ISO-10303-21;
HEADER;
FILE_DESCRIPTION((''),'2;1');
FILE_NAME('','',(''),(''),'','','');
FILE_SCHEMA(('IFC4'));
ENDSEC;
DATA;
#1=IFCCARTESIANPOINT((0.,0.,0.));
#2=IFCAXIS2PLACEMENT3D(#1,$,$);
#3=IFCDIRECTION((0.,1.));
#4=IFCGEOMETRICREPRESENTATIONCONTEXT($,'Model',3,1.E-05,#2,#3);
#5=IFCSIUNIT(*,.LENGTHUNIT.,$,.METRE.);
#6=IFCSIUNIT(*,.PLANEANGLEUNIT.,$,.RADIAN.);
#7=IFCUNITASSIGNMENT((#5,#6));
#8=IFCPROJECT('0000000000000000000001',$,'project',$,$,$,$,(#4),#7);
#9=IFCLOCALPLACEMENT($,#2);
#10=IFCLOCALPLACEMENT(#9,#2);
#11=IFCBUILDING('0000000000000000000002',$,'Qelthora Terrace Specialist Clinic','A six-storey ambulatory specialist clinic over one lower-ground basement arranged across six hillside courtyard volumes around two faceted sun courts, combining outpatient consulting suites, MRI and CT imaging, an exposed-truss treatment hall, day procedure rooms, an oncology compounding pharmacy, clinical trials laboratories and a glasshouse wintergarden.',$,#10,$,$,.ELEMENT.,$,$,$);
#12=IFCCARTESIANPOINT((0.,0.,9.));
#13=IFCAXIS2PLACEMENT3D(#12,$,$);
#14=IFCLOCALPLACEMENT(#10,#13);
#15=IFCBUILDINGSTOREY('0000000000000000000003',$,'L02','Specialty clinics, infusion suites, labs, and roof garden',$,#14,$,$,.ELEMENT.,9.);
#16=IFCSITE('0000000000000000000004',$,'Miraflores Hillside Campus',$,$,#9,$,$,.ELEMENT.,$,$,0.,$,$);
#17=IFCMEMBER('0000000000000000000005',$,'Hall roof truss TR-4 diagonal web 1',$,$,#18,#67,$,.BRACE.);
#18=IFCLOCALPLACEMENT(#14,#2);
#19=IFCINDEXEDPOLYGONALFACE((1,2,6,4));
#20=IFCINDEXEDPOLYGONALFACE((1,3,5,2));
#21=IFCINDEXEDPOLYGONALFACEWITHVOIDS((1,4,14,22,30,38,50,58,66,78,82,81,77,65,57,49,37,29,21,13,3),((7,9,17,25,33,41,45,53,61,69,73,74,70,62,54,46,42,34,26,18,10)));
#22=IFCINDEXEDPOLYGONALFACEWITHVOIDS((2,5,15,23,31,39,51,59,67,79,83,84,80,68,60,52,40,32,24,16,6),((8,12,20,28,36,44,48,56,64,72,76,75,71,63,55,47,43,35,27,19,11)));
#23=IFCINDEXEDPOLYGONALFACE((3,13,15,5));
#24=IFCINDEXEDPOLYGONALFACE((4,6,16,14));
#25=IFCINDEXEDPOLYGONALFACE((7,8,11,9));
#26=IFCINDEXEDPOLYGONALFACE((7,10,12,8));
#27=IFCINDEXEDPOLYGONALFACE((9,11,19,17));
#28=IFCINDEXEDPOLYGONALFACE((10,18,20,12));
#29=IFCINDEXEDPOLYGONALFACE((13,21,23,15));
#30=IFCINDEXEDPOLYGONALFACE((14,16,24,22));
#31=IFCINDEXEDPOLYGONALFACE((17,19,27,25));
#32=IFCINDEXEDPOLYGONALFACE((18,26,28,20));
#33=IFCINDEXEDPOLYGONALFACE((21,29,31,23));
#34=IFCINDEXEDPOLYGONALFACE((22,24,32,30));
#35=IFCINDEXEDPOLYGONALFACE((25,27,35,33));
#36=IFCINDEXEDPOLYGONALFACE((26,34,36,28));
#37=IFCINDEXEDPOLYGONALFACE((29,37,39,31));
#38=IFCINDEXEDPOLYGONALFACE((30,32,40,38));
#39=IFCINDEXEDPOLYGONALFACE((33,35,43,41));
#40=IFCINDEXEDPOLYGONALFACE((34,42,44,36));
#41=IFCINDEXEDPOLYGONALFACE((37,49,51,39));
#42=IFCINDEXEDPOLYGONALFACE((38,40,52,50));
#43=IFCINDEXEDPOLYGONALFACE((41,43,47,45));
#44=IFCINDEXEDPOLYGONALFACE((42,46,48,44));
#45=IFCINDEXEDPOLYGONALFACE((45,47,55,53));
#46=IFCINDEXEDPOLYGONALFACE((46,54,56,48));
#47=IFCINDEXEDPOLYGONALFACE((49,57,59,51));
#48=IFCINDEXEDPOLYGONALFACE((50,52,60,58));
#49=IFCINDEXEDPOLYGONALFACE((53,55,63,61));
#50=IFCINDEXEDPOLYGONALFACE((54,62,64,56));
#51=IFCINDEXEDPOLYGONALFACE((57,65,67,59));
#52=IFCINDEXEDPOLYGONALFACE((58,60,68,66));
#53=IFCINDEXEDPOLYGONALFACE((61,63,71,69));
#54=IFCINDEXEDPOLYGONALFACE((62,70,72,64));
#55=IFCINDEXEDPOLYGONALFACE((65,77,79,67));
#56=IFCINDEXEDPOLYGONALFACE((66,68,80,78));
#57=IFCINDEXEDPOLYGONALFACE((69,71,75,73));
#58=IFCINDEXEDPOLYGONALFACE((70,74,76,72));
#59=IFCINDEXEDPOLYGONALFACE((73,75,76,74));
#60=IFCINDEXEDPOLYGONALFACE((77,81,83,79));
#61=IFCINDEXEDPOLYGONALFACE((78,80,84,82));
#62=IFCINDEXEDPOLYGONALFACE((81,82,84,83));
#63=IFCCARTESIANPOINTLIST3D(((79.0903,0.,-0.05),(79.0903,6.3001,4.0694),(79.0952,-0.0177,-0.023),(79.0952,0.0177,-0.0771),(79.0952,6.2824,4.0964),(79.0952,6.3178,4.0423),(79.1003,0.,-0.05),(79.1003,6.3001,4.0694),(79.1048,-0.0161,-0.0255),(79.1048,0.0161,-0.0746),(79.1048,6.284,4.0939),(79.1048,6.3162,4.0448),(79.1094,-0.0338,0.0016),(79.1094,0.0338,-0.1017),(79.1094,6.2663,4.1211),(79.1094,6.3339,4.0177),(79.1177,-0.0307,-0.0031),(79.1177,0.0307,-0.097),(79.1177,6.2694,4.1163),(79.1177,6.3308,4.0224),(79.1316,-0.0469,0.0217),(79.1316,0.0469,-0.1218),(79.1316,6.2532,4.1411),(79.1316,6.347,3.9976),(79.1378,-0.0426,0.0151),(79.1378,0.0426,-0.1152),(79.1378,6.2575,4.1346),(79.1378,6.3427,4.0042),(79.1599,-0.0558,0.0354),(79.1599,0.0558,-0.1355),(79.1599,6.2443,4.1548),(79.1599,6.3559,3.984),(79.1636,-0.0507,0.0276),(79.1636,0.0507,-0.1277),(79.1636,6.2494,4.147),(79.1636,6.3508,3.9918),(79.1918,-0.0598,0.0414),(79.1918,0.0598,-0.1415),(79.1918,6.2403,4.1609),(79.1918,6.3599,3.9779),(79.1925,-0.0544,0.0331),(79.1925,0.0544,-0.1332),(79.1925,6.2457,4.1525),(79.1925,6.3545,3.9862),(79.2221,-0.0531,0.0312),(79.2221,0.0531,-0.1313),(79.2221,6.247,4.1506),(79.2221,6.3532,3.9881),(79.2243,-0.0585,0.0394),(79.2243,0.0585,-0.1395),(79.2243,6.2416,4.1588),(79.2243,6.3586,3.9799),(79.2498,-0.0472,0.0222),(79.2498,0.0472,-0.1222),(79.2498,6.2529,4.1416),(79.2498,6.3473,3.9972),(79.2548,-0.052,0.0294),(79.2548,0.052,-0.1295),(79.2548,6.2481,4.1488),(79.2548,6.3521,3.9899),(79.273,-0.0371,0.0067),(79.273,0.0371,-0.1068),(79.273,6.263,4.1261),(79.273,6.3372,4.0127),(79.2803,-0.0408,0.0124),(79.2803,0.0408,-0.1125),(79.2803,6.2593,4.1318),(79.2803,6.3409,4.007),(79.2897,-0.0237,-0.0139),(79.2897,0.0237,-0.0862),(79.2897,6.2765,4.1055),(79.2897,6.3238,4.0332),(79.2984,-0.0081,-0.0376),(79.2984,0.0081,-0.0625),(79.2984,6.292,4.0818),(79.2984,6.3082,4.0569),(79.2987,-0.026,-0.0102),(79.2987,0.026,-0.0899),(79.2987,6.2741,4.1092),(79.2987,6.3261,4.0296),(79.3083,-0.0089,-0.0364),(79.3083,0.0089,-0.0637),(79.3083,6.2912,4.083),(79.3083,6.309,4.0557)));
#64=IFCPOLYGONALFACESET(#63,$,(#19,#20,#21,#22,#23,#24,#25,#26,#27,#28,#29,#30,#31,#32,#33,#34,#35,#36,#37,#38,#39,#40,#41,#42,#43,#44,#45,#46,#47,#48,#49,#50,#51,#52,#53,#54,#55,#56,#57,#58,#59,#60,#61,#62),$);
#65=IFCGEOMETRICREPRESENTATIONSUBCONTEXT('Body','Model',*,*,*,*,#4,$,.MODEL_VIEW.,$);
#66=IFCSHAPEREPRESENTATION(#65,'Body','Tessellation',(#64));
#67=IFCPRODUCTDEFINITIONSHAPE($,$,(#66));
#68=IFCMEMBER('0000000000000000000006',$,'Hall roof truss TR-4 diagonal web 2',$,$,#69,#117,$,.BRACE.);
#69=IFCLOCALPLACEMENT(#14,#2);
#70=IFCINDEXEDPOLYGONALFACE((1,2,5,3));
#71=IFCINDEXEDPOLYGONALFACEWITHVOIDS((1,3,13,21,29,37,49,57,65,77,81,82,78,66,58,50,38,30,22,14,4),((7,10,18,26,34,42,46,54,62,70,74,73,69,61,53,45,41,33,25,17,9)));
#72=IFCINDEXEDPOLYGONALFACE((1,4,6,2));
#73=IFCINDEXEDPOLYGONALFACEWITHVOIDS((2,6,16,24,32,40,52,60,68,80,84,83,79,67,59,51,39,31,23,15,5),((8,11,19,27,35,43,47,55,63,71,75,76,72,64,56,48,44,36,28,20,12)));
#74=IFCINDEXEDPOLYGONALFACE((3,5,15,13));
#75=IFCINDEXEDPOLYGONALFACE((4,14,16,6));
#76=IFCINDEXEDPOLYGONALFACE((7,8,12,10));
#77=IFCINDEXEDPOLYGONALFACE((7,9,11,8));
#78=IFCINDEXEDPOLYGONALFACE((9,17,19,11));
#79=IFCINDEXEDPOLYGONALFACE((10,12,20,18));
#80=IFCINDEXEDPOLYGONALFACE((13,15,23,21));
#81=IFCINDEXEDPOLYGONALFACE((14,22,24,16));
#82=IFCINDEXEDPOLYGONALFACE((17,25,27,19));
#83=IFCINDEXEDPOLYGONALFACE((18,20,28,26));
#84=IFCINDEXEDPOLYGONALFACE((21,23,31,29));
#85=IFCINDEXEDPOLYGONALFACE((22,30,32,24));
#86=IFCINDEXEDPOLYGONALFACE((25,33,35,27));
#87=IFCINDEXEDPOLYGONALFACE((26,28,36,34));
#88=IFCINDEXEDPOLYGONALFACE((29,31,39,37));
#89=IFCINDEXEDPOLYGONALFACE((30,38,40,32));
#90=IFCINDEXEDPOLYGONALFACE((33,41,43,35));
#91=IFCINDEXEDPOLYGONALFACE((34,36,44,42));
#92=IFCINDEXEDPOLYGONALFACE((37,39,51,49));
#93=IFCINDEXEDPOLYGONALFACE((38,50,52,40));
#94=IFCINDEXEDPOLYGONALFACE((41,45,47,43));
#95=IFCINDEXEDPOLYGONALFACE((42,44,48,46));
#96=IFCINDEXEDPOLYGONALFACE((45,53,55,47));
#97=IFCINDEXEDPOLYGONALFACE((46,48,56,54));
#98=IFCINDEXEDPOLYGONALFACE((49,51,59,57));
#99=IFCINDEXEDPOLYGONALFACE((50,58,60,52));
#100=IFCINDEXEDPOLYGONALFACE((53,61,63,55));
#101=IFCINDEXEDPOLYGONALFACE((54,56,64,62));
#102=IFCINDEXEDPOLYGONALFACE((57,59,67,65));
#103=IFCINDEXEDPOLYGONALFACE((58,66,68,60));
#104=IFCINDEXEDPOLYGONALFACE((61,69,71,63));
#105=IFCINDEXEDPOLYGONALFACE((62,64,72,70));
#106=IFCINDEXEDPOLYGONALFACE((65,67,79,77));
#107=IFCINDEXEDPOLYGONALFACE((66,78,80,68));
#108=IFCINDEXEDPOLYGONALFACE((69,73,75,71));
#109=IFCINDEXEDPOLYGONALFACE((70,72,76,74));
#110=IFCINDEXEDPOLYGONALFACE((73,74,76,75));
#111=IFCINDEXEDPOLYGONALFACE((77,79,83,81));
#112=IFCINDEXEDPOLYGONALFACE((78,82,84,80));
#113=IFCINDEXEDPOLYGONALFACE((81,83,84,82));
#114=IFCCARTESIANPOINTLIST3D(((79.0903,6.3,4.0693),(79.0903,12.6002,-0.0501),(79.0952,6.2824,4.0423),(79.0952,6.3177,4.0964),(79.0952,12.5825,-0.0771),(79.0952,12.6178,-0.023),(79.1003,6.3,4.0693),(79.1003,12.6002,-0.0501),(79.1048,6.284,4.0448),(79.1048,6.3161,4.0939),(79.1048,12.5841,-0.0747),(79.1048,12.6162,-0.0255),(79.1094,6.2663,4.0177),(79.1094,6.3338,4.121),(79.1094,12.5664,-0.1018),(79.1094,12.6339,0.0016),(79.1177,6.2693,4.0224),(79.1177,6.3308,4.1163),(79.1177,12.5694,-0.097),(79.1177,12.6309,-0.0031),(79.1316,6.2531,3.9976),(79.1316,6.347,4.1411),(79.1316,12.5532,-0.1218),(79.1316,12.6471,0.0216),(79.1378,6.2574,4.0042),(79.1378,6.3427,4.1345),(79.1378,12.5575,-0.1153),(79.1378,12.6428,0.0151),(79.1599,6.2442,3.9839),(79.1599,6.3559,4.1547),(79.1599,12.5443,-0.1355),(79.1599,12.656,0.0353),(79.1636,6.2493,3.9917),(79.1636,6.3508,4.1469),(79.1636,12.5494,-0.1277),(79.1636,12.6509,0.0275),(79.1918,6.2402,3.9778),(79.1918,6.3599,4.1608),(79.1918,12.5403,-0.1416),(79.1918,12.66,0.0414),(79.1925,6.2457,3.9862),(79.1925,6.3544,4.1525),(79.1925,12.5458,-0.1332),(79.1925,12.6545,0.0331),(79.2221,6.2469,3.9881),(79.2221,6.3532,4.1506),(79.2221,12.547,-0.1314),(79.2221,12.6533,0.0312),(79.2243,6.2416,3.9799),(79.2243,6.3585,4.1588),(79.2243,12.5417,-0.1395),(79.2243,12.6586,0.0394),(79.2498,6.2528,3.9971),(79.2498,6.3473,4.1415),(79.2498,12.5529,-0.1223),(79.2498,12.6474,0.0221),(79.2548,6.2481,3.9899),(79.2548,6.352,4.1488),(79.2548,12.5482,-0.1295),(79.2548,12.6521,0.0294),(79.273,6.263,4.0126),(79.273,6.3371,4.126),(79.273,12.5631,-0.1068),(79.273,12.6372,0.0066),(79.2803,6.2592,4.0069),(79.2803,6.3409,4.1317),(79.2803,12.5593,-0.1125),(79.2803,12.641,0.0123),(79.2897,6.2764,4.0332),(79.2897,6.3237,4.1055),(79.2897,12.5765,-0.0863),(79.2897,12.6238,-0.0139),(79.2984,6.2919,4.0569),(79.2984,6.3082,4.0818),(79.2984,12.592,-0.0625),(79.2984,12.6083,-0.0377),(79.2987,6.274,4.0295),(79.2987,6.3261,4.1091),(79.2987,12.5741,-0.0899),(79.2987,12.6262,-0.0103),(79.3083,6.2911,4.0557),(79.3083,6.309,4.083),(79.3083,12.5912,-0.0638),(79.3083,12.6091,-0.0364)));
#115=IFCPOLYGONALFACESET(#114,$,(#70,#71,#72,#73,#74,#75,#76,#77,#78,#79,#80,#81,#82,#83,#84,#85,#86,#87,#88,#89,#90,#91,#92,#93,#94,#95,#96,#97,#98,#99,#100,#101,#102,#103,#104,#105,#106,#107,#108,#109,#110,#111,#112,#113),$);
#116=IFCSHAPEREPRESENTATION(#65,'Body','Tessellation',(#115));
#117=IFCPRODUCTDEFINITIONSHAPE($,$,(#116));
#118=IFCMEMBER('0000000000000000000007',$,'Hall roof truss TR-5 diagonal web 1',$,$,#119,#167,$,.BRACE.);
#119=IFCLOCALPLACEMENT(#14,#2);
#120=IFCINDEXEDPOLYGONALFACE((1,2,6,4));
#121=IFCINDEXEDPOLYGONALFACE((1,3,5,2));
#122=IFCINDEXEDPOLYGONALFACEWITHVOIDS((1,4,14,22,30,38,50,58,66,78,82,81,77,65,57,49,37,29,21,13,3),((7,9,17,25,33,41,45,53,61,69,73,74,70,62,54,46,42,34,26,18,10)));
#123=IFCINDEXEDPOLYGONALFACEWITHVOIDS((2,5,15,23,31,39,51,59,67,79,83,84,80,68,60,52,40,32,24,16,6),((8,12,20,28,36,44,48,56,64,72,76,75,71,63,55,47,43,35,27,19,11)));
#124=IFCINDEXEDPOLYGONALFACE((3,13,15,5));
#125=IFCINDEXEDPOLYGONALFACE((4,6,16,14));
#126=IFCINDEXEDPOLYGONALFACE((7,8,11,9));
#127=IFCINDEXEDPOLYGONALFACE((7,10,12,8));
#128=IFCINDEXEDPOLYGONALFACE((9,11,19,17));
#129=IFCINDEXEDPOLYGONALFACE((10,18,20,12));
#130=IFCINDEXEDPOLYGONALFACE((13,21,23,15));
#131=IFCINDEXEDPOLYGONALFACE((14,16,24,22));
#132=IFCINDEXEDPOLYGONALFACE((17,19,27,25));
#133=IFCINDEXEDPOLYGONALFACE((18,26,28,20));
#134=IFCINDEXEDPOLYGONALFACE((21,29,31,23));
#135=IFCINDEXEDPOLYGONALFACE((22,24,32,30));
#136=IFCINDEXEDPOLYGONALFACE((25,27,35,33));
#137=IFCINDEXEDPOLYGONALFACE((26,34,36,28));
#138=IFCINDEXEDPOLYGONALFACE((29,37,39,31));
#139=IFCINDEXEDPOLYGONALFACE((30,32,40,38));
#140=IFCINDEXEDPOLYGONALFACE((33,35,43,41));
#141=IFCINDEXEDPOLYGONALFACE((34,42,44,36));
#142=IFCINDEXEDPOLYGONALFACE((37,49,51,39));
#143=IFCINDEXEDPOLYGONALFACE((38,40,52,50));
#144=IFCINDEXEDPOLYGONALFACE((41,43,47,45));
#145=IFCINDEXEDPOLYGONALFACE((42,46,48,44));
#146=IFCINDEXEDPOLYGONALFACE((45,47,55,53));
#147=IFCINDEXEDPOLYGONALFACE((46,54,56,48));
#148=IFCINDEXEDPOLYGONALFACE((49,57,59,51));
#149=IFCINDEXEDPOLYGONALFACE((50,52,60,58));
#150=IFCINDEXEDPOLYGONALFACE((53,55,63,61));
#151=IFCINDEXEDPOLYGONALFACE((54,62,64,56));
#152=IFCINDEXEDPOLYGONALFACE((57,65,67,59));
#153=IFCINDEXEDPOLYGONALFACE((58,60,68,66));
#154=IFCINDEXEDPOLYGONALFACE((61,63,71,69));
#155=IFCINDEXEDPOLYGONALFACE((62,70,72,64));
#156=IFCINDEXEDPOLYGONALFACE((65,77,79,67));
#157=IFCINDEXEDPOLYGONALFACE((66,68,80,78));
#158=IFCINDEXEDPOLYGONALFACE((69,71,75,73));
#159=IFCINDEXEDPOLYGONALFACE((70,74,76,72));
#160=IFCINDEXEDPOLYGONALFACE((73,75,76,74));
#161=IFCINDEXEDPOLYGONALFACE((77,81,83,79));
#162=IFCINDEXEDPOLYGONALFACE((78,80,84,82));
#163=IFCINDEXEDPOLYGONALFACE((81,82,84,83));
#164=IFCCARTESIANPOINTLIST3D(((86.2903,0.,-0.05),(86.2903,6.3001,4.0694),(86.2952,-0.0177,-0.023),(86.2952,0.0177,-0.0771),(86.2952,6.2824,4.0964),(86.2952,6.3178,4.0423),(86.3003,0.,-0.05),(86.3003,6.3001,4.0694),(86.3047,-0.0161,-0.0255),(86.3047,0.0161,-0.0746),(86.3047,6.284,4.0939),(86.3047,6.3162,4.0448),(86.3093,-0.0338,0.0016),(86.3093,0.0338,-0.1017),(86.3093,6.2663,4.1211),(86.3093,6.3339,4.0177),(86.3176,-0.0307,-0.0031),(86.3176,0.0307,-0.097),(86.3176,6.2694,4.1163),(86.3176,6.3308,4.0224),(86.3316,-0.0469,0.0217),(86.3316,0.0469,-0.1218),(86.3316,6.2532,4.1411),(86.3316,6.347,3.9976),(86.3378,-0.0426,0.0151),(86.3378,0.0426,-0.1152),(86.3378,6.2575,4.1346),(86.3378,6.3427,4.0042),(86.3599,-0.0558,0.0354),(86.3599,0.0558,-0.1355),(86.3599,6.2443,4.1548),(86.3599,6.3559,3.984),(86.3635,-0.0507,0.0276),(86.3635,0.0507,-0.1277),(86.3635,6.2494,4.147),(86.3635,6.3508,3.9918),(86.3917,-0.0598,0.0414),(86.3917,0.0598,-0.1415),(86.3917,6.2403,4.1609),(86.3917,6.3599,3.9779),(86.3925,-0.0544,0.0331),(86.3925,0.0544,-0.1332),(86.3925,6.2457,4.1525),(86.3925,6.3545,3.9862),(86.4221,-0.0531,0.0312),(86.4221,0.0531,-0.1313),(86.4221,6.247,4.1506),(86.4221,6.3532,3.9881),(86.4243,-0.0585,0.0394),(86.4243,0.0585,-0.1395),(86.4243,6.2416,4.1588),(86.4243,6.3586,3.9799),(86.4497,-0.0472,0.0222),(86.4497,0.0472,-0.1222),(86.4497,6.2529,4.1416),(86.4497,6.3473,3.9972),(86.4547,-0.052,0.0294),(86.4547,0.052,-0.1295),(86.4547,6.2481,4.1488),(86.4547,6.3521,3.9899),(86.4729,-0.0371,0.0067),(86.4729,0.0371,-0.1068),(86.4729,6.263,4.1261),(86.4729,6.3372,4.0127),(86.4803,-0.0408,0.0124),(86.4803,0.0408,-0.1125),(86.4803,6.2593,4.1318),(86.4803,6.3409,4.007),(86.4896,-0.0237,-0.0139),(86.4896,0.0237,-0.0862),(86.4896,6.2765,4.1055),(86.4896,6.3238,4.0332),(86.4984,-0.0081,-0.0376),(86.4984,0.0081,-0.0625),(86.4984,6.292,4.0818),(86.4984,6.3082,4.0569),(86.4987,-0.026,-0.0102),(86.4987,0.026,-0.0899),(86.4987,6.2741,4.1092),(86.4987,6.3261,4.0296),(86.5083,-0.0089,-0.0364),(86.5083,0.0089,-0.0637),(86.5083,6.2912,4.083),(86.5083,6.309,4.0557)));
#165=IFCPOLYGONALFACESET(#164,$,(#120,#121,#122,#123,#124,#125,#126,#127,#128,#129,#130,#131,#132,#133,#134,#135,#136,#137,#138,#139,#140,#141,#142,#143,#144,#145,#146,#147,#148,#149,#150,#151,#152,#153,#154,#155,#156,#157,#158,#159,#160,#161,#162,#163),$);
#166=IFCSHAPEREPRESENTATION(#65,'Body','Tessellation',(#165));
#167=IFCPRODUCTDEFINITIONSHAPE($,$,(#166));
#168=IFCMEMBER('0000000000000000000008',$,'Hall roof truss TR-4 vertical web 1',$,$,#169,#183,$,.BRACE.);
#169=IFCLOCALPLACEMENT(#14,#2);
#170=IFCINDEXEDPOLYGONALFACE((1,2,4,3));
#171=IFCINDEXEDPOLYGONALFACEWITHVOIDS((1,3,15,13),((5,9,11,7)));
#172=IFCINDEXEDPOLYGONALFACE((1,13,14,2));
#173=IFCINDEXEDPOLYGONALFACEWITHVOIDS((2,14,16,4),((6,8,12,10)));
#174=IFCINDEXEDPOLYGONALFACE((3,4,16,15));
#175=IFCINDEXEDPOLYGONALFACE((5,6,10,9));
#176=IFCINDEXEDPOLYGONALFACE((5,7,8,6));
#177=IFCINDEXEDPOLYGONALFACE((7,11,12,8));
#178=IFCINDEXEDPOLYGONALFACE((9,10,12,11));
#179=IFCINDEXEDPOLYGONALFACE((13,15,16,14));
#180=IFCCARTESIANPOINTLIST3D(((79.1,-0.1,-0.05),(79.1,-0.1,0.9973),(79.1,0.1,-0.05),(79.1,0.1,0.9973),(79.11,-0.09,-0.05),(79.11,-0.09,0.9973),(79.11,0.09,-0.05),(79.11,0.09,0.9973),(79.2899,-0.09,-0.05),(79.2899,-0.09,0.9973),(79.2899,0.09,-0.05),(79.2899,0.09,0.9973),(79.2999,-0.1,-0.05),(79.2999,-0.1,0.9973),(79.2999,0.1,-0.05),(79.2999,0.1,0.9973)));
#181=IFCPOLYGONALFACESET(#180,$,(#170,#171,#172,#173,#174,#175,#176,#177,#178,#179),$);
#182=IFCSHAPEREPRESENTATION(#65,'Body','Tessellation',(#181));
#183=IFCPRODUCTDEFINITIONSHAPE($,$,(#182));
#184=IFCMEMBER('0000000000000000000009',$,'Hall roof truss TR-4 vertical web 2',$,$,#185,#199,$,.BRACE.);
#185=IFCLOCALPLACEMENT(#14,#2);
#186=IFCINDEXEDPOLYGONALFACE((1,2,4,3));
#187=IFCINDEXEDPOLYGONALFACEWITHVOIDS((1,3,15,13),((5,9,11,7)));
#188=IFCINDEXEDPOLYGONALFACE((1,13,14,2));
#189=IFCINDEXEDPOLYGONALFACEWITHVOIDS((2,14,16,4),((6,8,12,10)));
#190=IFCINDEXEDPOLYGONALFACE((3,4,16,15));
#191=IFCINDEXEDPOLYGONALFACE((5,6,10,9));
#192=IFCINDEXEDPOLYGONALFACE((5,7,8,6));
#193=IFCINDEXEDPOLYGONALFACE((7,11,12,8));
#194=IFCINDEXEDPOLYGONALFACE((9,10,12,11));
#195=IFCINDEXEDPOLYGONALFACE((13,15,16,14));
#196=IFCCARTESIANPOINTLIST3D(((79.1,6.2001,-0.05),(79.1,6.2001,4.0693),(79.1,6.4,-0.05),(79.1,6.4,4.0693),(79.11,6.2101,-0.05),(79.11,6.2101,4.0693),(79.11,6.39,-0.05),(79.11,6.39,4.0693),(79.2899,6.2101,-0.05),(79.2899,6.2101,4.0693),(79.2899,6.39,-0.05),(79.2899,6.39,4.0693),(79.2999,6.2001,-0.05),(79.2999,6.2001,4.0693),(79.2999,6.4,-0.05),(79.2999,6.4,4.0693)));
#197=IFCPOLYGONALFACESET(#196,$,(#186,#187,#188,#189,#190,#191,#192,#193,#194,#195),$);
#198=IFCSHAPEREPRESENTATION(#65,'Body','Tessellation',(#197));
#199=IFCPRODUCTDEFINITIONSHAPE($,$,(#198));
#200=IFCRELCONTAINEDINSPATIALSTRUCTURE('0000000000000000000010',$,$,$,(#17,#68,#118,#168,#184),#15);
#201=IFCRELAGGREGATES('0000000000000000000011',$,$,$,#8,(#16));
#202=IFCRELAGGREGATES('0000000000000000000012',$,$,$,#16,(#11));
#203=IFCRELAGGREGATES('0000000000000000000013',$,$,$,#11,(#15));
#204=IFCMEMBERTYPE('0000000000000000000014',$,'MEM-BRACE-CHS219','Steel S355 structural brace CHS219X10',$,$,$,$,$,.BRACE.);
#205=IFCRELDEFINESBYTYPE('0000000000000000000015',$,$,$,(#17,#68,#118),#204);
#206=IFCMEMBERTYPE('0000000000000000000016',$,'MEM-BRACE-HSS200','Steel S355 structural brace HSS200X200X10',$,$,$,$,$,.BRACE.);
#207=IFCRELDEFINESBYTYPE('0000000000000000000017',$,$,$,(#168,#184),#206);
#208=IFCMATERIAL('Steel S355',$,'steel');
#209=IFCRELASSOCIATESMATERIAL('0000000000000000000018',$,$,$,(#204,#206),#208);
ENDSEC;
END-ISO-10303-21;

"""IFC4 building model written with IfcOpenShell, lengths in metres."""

from ifc_helpers import new_model, si_unit, direction, frame, origin, origin_2d, place, context, subcontext, project, spatial, hollow_rectangle, hollow_circle, extrude, material, material_profile, profile_set, type_object, element, save


model = new_model("IFC4")

# Units and contexts
model_context = context("Model", 3, precision=1e-05, world=origin(), true_north=direction((0.0, 1.0)))
body_context = subcontext(model_context, "Body", "Model", "MODEL_VIEW")
ifc_project = project(units=[si_unit("LENGTHUNIT", "METRE"), si_unit("PLANEANGLEUNIT", "RADIAN")], contexts=[model_context])

# Site, building, storey
site_placement = place(None, origin())
site = spatial("IfcSite", under=ifc_project, at=site_placement, Name="Miraflores Hillside Campus", CompositionType="ELEMENT", RefElevation=0.0)
building_placement = place(site_placement, origin())
building = spatial("IfcBuilding", under=site, at=building_placement, Name="Qelthora Terrace Specialist Clinic", Description="A six-storey ambulatory specialist clinic over one lower-ground basement arranged across six hillside courtyard volumes around two faceted sun courts, combining outpatient consulting suites, MRI and CT imaging, an exposed-truss treatment hall, day procedure rooms, an oncology compounding pharmacy, clinical trials laboratories and a glasshouse wintergarden.", CompositionType="ELEMENT")
storey_placement = place(building_placement, frame((0.0, 0.0, 9.0)))
storey = spatial("IfcBuildingStorey", under=building, at=storey_placement, Name="L02", Description="Specialty clinics, infusion suites, labs, and roof garden", CompositionType="ELEMENT", Elevation=9.0)

# Members
ifc_material_1 = material(Name="Steel S355", Category="steel")
ifc_material_profile_1 = material_profile(ifc_material_1, hollow_circle(Radius=0.1096, WallThickness=0.01, at=origin_2d()), Name="CHS219X10")
ifc_profile_set_1 = profile_set([ifc_material_profile_1], Name="Steel S355")
member_type_1 = type_object("IfcMemberType", Name="MEM-BRACE-CHS219", Description="Steel S355 structural brace CHS219X10", PredefinedType="BRACE", material=ifc_profile_set_1)
for number, where, z_axis, x_axis, name in (
    (1, (79.2, 0.0, -0.05), (0.0, 0.836962, 0.547261), (-1.0, 0.0, 0.0), "Hall roof truss TR-4 diagonal web 1"),
    (2, (79.2, 6.3, 4.0693), (0.0, 0.836962, -0.547261), (-1.0, 0.0, 0.0), "Hall roof truss TR-4 diagonal web 2"),
    (3, (86.3999, 0.0, -0.05), (0.0, 0.836962, 0.547261), (-1.0, 0.0, 0.0), "Hall roof truss TR-5 diagonal web 1"),
):
    element("IfcMember", number, at=place(storey_placement, frame(where, z_axis=z_axis, x_axis=x_axis)), inside=storey, type_object=member_type_1, Name=name, PredefinedType="BRACE", context=body_context, shape_type="SweptSolid", body=[
        extrude(hollow_circle(Radius=0.1096, WallThickness=0.01, at=origin_2d()), origin(), (0.0, 0.0, 1.0), 7.5273),
    ])
ifc_material_profile_2 = material_profile(ifc_material_1, hollow_rectangle(XDim=0.2, YDim=0.2, WallThickness=0.01, at=origin_2d()), Name="HSS200X200X10")
ifc_profile_set_2 = profile_set([ifc_material_profile_2], Name="Steel S355")
member_type_2 = type_object("IfcMemberType", Name="MEM-BRACE-HSS200", Description="Steel S355 structural brace HSS200X200X10", PredefinedType="BRACE", material=ifc_profile_set_2)
member_1_placement = place(storey_placement, frame((79.2, 0.0, -0.05), z_axis=(0.0, 0.0, 1.0), x_axis=(1.0, 0.0, 0.0)))
element("IfcMember", 4, at=member_1_placement, inside=storey, type_object=member_type_2, Name="Hall roof truss TR-4 vertical web 1", PredefinedType="BRACE", context=body_context, shape_type="SweptSolid", body=[
    extrude(hollow_rectangle(XDim=0.2, YDim=0.2, WallThickness=0.01, at=origin_2d()), origin(), (0.0, 0.0, 1.0), 1.0474),
])
member_2_placement = place(storey_placement, frame((79.2, 6.3, -0.05), z_axis=(0.0, 0.0, 1.0), x_axis=(1.0, 0.0, 0.0)))
element("IfcMember", 5, at=member_2_placement, inside=storey, type_object=member_type_2, Name="Hall roof truss TR-4 vertical web 2", PredefinedType="BRACE", context=body_context, shape_type="SweptSolid", body=[
    extrude(hollow_rectangle(XDim=0.2, YDim=0.2, WallThickness=0.01, at=origin_2d()), origin(), (0.0, 0.0, 1.0), 4.1194),
])

save(model, "model.ifc")
